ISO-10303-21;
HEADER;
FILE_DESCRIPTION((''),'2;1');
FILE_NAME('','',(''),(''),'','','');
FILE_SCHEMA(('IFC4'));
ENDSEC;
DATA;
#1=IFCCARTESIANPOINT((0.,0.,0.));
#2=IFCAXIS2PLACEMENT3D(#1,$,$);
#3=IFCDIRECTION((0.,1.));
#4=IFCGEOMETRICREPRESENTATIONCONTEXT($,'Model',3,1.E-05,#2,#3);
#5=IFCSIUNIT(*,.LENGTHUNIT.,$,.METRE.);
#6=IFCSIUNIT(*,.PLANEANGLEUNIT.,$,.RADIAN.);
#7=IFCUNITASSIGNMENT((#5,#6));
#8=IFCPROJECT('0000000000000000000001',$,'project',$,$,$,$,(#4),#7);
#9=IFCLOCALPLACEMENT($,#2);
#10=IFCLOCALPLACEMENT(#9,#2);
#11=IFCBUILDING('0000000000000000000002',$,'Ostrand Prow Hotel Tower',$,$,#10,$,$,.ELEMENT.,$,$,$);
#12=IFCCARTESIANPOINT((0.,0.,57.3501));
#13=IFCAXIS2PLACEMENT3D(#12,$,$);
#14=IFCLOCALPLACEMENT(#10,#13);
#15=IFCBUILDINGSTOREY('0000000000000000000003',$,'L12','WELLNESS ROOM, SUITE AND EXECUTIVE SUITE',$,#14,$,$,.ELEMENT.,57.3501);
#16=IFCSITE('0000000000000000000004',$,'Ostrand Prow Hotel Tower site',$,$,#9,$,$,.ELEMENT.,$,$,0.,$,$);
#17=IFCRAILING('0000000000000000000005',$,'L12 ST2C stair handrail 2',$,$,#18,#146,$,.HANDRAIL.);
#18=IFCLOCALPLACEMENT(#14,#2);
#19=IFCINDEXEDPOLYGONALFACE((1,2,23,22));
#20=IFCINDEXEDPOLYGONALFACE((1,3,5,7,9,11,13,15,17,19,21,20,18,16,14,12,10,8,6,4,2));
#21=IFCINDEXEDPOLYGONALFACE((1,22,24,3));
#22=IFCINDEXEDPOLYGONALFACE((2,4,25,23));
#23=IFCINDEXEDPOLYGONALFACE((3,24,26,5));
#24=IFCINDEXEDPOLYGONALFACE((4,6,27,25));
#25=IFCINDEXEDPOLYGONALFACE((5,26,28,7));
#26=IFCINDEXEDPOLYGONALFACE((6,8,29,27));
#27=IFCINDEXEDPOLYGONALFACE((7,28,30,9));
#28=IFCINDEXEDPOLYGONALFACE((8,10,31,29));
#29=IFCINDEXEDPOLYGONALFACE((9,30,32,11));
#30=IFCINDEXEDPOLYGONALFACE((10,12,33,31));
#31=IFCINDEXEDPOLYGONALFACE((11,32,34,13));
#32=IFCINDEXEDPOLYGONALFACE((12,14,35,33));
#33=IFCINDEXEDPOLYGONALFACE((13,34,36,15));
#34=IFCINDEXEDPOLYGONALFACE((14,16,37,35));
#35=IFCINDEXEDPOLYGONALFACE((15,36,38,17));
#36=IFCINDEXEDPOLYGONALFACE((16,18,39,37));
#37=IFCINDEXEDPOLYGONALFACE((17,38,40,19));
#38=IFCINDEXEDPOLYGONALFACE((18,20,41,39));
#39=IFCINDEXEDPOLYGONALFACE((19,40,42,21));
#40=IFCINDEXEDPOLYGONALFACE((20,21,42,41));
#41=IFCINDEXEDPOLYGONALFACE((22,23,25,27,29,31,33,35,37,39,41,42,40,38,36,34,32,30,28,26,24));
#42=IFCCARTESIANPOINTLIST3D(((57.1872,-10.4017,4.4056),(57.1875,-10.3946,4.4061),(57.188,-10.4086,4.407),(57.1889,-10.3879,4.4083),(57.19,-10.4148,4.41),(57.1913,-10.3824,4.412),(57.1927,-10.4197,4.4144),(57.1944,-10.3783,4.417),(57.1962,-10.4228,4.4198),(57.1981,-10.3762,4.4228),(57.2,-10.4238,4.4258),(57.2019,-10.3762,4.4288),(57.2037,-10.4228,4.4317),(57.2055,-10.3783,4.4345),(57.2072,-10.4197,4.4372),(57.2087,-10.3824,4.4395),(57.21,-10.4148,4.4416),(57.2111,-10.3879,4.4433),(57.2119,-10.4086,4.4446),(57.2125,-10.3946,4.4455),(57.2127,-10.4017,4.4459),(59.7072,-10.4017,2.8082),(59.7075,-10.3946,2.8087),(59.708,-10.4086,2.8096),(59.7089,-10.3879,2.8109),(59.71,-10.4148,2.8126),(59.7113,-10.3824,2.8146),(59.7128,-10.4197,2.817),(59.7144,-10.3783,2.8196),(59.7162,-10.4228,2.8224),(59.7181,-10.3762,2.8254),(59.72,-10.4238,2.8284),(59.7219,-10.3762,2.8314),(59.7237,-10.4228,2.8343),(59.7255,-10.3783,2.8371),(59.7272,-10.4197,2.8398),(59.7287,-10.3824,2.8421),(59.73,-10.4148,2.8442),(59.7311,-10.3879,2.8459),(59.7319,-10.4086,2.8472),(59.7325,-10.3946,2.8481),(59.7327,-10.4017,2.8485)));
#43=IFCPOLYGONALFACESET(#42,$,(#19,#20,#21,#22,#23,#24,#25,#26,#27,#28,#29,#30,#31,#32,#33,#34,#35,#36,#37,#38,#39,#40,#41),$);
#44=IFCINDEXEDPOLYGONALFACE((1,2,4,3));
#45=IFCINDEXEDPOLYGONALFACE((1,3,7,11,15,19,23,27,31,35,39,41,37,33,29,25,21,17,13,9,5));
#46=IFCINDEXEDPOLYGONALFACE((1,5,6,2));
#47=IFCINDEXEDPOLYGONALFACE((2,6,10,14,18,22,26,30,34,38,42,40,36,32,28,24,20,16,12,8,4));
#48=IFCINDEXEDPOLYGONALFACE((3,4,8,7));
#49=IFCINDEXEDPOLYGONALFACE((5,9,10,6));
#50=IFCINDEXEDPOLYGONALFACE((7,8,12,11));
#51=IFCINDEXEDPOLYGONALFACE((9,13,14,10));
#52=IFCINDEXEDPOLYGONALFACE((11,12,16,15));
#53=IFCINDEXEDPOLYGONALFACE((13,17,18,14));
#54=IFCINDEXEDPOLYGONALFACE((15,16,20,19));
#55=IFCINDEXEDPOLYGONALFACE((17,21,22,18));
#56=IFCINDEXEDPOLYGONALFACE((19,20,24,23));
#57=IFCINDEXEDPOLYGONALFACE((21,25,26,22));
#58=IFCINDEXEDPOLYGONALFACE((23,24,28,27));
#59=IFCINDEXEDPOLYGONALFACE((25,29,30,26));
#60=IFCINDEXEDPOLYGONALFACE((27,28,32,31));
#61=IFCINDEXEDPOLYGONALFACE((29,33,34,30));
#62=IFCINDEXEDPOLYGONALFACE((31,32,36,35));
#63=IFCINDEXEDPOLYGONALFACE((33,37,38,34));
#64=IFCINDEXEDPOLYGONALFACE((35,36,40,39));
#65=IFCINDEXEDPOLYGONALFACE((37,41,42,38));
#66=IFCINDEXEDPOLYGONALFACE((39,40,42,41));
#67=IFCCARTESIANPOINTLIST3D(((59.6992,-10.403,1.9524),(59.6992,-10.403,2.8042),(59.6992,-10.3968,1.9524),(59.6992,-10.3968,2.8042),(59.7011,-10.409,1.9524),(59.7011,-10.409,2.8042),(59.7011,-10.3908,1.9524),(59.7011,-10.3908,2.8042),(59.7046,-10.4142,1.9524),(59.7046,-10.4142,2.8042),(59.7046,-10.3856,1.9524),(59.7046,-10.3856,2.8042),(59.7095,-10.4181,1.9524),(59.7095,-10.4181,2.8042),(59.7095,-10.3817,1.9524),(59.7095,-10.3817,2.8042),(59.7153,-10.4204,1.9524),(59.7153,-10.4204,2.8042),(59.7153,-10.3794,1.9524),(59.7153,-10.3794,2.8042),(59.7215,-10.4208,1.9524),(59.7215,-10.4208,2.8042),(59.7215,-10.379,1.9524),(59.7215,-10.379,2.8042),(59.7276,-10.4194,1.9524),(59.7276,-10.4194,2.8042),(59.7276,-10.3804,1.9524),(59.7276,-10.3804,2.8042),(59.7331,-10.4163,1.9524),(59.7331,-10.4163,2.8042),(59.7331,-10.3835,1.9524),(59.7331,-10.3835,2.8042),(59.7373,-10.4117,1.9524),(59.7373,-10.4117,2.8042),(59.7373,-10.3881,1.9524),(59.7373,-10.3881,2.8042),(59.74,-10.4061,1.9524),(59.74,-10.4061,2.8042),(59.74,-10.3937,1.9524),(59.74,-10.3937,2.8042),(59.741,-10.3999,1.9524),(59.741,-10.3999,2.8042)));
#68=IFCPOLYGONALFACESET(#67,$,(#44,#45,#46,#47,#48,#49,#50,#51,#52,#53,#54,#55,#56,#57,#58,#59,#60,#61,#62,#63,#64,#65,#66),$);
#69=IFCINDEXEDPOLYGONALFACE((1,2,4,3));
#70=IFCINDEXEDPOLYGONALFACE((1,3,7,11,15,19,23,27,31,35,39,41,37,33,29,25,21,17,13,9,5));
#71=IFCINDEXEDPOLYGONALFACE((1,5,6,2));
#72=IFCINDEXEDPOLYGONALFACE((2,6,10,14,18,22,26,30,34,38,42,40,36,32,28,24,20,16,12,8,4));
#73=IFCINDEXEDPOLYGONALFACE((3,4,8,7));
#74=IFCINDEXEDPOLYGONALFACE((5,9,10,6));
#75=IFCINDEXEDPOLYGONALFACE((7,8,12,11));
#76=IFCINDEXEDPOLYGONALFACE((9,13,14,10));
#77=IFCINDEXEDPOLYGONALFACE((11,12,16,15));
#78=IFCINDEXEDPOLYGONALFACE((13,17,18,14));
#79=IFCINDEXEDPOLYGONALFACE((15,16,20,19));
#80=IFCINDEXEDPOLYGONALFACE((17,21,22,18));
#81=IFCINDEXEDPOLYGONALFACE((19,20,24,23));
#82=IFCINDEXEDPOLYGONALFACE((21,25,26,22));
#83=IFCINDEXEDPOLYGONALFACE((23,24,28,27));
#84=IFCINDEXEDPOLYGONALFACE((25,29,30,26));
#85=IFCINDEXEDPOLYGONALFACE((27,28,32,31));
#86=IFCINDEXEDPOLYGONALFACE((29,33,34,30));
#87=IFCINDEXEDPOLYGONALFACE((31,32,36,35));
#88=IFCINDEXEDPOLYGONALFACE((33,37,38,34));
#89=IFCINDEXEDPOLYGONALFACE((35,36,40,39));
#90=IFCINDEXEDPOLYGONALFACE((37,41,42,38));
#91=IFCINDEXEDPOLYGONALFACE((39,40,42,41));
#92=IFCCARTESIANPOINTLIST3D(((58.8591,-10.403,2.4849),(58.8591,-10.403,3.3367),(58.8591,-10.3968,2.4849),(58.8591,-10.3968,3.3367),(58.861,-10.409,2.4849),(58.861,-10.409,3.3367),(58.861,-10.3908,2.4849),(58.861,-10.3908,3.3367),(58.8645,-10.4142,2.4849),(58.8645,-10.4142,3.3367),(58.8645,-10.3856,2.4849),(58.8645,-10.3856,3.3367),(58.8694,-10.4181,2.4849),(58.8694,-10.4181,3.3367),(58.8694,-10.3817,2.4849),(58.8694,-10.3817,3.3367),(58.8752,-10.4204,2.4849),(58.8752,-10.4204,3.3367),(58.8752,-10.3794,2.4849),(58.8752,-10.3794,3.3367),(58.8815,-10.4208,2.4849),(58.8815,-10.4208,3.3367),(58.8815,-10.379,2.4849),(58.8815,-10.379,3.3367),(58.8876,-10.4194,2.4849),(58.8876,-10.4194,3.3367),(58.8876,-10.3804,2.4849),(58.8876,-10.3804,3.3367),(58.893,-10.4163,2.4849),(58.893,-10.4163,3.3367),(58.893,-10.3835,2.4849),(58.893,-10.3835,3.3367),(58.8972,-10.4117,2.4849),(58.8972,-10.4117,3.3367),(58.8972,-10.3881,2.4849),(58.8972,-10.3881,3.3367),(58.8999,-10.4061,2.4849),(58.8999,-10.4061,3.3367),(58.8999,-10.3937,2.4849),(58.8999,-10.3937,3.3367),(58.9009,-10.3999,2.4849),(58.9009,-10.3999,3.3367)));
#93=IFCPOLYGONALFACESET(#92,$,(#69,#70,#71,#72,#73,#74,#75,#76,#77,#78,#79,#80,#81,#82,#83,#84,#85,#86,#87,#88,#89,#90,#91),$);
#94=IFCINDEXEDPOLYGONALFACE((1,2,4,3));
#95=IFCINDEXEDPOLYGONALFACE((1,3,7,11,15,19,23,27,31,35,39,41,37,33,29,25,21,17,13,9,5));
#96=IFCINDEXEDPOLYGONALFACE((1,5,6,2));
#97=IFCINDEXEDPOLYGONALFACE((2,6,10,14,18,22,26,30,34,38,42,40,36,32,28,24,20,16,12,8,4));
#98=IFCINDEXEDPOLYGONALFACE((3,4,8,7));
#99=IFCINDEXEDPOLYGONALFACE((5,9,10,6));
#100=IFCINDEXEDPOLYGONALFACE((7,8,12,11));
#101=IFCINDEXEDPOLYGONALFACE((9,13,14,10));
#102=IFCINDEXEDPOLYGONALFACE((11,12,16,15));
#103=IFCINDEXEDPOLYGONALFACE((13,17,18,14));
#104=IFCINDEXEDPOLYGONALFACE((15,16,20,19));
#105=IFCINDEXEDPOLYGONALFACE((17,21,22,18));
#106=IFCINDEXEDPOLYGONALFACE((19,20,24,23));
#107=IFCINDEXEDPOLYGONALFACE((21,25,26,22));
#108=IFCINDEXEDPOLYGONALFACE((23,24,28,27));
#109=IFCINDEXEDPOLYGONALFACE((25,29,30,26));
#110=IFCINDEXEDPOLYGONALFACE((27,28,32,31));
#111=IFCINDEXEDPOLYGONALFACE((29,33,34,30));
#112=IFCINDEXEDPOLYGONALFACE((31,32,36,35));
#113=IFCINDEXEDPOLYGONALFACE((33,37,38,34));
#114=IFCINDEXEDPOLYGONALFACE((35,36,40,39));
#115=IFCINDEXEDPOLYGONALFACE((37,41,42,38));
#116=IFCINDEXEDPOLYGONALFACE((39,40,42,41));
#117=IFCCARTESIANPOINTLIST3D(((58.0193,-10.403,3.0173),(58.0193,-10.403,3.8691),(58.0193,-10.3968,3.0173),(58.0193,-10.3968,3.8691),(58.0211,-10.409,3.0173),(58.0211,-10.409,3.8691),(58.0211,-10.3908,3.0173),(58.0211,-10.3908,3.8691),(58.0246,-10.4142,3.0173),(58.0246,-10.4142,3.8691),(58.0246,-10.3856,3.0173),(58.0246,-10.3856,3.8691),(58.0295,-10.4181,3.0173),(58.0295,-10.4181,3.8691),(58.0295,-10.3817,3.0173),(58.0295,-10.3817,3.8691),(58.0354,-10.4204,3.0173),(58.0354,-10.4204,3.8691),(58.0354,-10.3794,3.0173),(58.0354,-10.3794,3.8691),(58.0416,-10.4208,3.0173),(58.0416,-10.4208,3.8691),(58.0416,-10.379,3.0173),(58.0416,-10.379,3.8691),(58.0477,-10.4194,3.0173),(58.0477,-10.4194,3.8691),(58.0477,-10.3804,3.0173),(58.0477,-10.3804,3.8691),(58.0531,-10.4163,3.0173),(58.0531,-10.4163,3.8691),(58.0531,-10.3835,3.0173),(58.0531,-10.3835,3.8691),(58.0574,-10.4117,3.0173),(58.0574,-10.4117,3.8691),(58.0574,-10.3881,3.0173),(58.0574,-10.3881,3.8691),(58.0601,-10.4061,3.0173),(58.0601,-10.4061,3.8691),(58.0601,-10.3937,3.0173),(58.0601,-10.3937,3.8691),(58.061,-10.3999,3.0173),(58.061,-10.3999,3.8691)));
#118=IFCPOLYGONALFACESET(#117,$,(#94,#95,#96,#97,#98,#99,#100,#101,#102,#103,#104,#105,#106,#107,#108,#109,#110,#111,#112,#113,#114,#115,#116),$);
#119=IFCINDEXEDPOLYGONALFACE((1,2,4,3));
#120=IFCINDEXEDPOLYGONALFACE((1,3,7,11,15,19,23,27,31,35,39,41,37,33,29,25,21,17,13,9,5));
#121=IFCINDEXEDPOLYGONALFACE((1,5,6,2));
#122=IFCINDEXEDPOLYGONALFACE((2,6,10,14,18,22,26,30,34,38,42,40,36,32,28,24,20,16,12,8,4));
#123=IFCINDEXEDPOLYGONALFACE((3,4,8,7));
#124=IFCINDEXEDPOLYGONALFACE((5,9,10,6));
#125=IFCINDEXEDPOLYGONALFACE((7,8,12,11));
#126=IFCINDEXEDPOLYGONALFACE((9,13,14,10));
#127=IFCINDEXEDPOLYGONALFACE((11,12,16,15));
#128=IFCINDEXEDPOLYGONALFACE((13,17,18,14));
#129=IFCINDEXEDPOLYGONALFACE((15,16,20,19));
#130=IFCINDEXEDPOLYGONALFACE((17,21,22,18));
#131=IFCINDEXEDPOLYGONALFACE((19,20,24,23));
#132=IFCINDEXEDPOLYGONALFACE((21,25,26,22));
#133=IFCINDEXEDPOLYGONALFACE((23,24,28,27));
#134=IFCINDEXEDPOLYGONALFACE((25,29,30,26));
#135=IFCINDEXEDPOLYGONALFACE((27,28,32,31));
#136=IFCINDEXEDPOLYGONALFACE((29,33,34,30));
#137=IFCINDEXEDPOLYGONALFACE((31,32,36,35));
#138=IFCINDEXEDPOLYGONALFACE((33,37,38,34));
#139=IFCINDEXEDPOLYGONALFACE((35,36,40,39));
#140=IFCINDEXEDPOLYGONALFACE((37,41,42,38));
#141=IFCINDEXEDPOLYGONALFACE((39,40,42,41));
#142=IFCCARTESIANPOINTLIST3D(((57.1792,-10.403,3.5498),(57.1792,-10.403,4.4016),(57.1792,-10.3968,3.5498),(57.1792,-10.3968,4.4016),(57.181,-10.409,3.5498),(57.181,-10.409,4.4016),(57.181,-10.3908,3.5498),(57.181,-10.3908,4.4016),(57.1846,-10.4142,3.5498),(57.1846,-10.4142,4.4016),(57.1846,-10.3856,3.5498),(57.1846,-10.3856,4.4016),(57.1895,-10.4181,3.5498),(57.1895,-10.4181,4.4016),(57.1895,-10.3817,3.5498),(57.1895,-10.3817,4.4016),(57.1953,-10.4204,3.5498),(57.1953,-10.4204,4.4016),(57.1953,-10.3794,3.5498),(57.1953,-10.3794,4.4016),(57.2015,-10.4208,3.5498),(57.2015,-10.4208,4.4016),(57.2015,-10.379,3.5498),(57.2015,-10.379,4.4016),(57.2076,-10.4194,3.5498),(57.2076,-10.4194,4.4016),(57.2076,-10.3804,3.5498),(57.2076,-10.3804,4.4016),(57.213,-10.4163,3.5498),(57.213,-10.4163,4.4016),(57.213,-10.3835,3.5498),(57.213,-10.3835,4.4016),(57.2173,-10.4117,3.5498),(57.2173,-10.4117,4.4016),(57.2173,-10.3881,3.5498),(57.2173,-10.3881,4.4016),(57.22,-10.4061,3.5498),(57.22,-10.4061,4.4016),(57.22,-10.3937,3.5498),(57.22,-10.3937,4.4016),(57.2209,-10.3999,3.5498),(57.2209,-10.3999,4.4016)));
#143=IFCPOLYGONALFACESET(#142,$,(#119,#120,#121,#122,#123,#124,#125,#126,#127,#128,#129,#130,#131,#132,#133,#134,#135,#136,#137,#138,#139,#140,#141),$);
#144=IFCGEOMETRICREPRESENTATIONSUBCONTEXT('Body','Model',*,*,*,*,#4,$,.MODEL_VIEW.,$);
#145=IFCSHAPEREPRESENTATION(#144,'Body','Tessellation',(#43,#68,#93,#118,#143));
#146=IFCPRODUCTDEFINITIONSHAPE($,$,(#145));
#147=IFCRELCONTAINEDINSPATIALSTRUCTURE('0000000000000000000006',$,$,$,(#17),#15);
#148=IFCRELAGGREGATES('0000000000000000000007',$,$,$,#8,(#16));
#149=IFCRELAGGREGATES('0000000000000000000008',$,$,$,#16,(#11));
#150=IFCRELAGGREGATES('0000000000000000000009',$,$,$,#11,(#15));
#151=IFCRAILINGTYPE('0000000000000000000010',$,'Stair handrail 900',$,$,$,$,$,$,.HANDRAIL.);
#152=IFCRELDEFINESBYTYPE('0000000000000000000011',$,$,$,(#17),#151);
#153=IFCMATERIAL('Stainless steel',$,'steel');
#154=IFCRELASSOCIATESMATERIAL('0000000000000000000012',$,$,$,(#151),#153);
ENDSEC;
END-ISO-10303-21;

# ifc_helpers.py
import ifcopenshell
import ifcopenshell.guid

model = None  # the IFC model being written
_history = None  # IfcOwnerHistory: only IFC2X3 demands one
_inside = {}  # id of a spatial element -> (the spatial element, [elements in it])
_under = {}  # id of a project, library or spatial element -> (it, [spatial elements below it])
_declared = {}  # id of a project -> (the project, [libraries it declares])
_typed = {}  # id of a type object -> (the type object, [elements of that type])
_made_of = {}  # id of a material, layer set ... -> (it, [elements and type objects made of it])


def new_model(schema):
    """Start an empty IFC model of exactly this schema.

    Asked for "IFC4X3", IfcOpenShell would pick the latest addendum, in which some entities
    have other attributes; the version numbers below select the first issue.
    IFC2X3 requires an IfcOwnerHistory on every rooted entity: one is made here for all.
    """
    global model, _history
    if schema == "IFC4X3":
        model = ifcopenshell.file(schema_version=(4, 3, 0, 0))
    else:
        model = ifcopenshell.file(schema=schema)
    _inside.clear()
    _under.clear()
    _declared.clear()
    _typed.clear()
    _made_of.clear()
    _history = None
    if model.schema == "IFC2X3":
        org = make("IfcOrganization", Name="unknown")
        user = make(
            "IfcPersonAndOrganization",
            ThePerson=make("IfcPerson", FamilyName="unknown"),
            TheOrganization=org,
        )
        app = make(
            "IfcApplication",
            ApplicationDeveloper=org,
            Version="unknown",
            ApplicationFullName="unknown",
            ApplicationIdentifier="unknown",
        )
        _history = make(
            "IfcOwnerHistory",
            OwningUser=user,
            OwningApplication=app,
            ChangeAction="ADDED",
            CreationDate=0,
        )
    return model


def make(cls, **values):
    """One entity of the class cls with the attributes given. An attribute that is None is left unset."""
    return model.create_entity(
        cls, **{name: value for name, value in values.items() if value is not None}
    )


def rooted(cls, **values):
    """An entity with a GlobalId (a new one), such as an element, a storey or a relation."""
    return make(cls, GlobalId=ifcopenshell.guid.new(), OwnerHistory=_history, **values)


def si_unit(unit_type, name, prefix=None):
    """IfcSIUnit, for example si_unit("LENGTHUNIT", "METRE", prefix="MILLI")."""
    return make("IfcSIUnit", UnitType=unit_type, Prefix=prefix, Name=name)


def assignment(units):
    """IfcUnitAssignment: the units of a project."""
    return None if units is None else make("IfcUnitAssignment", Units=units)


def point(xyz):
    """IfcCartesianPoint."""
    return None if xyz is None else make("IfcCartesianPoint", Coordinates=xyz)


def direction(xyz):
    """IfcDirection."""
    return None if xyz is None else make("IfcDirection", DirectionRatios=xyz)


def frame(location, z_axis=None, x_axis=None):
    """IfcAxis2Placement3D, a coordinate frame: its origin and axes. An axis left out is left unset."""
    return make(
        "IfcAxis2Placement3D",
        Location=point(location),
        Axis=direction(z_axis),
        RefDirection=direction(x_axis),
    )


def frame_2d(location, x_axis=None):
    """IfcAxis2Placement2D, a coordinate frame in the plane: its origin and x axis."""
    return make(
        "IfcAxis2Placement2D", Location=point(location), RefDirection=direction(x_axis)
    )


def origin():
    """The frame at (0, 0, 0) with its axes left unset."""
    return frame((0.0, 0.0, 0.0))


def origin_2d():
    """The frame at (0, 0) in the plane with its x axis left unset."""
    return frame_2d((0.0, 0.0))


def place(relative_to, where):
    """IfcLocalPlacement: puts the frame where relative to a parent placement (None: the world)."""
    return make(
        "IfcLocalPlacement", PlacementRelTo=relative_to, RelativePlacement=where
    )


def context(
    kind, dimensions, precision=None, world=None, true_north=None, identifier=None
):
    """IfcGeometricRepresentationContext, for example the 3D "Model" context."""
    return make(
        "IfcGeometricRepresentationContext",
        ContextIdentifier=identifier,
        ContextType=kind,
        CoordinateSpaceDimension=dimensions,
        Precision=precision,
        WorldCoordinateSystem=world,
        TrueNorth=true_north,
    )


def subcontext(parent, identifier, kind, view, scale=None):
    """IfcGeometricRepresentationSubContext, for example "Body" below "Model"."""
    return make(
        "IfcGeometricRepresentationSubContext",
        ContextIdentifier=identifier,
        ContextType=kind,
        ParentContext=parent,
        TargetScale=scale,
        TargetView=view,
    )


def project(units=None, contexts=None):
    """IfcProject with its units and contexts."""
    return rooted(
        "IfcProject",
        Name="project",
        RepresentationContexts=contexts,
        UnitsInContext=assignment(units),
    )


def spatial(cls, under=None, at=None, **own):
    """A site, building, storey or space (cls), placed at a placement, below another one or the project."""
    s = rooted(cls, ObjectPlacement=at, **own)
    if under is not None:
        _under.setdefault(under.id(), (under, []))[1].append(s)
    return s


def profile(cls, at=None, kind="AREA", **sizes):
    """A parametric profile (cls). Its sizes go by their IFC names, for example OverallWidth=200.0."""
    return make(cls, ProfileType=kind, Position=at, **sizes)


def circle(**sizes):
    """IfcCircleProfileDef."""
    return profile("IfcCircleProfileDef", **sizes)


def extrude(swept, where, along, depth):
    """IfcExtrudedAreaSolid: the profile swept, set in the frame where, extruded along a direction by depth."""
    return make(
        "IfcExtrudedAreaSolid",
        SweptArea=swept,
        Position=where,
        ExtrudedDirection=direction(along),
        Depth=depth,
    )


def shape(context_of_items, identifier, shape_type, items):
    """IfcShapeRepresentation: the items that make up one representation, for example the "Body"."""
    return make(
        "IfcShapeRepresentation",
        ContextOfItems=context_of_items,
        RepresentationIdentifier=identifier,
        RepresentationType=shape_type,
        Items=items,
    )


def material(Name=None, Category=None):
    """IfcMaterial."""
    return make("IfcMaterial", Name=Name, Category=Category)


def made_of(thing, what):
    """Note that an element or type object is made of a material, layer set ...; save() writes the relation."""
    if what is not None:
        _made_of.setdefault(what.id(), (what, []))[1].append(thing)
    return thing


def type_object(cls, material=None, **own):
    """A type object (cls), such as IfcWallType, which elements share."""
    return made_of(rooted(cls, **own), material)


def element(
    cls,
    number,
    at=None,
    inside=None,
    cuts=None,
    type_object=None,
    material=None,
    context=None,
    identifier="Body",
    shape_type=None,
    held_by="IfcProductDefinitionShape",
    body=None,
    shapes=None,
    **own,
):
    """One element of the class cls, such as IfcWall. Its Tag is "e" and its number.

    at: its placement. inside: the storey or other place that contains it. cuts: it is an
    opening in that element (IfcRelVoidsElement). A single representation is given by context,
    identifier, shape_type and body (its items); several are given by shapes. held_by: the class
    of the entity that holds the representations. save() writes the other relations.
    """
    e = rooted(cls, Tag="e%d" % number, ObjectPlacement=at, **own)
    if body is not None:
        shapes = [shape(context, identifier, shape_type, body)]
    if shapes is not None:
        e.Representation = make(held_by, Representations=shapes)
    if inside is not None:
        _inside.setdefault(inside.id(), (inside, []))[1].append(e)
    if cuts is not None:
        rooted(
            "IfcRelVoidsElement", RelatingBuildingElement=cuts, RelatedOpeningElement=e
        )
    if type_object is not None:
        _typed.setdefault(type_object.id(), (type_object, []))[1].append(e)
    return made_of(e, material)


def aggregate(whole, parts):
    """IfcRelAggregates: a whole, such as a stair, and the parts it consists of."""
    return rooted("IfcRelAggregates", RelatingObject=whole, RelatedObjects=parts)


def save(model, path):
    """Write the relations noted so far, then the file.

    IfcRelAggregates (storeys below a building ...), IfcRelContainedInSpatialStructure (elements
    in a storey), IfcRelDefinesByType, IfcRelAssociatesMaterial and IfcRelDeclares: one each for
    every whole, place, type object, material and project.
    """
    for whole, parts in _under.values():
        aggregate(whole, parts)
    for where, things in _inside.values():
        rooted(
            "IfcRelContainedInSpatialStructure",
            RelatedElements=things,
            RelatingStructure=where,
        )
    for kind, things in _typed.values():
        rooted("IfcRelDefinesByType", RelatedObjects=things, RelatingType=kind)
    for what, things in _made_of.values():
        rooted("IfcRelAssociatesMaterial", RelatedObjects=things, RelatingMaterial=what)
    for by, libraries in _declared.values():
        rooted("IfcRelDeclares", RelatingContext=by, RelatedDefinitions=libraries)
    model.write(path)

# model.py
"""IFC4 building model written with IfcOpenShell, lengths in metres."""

from ifc_helpers import new_model, si_unit, direction, frame, origin, origin_2d, place, context, subcontext, project, spatial, circle, extrude, material, type_object, element, save


model = new_model("IFC4")

# Units and contexts
model_context = context("Model", 3, precision=1e-05, world=origin(), true_north=direction((0.0, 1.0)))
body_context = subcontext(model_context, "Body", "Model", "MODEL_VIEW")
ifc_project = project(units=[si_unit("LENGTHUNIT", "METRE"), si_unit("PLANEANGLEUNIT", "RADIAN")], contexts=[model_context])

# Site, building, storey
site_placement = place(None, origin())
site = spatial("IfcSite", under=ifc_project, at=site_placement, Name="Ostrand Prow Hotel Tower site", CompositionType="ELEMENT", RefElevation=0.0)
building_placement = place(site_placement, origin())
building = spatial("IfcBuilding", under=site, at=building_placement, Name="Ostrand Prow Hotel Tower", CompositionType="ELEMENT")
storey_placement = place(building_placement, frame((0.0, 0.0, 57.3501)))
storey = spatial("IfcBuildingStorey", under=building, at=storey_placement, Name="L12", Description="WELLNESS ROOM, SUITE AND EXECUTIVE SUITE", CompositionType="ELEMENT", Elevation=57.3501)

# Railing
ifc_material_1 = material(Name="Stainless steel", Category="steel")
railing_type_1 = type_object("IfcRailingType", Name="Stair handrail 900", PredefinedType="HANDRAIL", material=ifc_material_1)
railing_1_placement = place(storey_placement, frame((59.72, -10.3999, 1.9524)))
element("IfcRailing", 1, at=railing_1_placement, inside=storey, type_object=railing_type_1, Name="L12 ST2C stair handrail 2", PredefinedType="HANDRAIL", context=body_context, shape_type="SweptSolid", body=[
    extrude(circle(Radius=0.0239, at=origin_2d()), frame((0.0, 0.0, 0.876), z_axis=(-0.844607, 0.0, 0.535387), x_axis=(0.0, -1.0, 0.0)), (0.0, 0.0, 1.0), 2.9836),
    extrude(circle(Radius=0.021, at=origin_2d()), origin(), (0.0, 0.0, 1.0), 0.8518),
    extrude(circle(Radius=0.021, at=origin_2d()), frame((-0.8401, 0.0, 0.5325)), (0.0, 0.0, 1.0), 0.8518),
    extrude(circle(Radius=0.021, at=origin_2d()), frame((-1.6799, 0.0, 1.0649)), (0.0, 0.0, 1.0), 0.8518),
    extrude(circle(Radius=0.021, at=origin_2d()), frame((-2.52, 0.0, 1.5974)), (0.0, 0.0, 1.0), 0.8518),
])

save(model, "model.ifc")
